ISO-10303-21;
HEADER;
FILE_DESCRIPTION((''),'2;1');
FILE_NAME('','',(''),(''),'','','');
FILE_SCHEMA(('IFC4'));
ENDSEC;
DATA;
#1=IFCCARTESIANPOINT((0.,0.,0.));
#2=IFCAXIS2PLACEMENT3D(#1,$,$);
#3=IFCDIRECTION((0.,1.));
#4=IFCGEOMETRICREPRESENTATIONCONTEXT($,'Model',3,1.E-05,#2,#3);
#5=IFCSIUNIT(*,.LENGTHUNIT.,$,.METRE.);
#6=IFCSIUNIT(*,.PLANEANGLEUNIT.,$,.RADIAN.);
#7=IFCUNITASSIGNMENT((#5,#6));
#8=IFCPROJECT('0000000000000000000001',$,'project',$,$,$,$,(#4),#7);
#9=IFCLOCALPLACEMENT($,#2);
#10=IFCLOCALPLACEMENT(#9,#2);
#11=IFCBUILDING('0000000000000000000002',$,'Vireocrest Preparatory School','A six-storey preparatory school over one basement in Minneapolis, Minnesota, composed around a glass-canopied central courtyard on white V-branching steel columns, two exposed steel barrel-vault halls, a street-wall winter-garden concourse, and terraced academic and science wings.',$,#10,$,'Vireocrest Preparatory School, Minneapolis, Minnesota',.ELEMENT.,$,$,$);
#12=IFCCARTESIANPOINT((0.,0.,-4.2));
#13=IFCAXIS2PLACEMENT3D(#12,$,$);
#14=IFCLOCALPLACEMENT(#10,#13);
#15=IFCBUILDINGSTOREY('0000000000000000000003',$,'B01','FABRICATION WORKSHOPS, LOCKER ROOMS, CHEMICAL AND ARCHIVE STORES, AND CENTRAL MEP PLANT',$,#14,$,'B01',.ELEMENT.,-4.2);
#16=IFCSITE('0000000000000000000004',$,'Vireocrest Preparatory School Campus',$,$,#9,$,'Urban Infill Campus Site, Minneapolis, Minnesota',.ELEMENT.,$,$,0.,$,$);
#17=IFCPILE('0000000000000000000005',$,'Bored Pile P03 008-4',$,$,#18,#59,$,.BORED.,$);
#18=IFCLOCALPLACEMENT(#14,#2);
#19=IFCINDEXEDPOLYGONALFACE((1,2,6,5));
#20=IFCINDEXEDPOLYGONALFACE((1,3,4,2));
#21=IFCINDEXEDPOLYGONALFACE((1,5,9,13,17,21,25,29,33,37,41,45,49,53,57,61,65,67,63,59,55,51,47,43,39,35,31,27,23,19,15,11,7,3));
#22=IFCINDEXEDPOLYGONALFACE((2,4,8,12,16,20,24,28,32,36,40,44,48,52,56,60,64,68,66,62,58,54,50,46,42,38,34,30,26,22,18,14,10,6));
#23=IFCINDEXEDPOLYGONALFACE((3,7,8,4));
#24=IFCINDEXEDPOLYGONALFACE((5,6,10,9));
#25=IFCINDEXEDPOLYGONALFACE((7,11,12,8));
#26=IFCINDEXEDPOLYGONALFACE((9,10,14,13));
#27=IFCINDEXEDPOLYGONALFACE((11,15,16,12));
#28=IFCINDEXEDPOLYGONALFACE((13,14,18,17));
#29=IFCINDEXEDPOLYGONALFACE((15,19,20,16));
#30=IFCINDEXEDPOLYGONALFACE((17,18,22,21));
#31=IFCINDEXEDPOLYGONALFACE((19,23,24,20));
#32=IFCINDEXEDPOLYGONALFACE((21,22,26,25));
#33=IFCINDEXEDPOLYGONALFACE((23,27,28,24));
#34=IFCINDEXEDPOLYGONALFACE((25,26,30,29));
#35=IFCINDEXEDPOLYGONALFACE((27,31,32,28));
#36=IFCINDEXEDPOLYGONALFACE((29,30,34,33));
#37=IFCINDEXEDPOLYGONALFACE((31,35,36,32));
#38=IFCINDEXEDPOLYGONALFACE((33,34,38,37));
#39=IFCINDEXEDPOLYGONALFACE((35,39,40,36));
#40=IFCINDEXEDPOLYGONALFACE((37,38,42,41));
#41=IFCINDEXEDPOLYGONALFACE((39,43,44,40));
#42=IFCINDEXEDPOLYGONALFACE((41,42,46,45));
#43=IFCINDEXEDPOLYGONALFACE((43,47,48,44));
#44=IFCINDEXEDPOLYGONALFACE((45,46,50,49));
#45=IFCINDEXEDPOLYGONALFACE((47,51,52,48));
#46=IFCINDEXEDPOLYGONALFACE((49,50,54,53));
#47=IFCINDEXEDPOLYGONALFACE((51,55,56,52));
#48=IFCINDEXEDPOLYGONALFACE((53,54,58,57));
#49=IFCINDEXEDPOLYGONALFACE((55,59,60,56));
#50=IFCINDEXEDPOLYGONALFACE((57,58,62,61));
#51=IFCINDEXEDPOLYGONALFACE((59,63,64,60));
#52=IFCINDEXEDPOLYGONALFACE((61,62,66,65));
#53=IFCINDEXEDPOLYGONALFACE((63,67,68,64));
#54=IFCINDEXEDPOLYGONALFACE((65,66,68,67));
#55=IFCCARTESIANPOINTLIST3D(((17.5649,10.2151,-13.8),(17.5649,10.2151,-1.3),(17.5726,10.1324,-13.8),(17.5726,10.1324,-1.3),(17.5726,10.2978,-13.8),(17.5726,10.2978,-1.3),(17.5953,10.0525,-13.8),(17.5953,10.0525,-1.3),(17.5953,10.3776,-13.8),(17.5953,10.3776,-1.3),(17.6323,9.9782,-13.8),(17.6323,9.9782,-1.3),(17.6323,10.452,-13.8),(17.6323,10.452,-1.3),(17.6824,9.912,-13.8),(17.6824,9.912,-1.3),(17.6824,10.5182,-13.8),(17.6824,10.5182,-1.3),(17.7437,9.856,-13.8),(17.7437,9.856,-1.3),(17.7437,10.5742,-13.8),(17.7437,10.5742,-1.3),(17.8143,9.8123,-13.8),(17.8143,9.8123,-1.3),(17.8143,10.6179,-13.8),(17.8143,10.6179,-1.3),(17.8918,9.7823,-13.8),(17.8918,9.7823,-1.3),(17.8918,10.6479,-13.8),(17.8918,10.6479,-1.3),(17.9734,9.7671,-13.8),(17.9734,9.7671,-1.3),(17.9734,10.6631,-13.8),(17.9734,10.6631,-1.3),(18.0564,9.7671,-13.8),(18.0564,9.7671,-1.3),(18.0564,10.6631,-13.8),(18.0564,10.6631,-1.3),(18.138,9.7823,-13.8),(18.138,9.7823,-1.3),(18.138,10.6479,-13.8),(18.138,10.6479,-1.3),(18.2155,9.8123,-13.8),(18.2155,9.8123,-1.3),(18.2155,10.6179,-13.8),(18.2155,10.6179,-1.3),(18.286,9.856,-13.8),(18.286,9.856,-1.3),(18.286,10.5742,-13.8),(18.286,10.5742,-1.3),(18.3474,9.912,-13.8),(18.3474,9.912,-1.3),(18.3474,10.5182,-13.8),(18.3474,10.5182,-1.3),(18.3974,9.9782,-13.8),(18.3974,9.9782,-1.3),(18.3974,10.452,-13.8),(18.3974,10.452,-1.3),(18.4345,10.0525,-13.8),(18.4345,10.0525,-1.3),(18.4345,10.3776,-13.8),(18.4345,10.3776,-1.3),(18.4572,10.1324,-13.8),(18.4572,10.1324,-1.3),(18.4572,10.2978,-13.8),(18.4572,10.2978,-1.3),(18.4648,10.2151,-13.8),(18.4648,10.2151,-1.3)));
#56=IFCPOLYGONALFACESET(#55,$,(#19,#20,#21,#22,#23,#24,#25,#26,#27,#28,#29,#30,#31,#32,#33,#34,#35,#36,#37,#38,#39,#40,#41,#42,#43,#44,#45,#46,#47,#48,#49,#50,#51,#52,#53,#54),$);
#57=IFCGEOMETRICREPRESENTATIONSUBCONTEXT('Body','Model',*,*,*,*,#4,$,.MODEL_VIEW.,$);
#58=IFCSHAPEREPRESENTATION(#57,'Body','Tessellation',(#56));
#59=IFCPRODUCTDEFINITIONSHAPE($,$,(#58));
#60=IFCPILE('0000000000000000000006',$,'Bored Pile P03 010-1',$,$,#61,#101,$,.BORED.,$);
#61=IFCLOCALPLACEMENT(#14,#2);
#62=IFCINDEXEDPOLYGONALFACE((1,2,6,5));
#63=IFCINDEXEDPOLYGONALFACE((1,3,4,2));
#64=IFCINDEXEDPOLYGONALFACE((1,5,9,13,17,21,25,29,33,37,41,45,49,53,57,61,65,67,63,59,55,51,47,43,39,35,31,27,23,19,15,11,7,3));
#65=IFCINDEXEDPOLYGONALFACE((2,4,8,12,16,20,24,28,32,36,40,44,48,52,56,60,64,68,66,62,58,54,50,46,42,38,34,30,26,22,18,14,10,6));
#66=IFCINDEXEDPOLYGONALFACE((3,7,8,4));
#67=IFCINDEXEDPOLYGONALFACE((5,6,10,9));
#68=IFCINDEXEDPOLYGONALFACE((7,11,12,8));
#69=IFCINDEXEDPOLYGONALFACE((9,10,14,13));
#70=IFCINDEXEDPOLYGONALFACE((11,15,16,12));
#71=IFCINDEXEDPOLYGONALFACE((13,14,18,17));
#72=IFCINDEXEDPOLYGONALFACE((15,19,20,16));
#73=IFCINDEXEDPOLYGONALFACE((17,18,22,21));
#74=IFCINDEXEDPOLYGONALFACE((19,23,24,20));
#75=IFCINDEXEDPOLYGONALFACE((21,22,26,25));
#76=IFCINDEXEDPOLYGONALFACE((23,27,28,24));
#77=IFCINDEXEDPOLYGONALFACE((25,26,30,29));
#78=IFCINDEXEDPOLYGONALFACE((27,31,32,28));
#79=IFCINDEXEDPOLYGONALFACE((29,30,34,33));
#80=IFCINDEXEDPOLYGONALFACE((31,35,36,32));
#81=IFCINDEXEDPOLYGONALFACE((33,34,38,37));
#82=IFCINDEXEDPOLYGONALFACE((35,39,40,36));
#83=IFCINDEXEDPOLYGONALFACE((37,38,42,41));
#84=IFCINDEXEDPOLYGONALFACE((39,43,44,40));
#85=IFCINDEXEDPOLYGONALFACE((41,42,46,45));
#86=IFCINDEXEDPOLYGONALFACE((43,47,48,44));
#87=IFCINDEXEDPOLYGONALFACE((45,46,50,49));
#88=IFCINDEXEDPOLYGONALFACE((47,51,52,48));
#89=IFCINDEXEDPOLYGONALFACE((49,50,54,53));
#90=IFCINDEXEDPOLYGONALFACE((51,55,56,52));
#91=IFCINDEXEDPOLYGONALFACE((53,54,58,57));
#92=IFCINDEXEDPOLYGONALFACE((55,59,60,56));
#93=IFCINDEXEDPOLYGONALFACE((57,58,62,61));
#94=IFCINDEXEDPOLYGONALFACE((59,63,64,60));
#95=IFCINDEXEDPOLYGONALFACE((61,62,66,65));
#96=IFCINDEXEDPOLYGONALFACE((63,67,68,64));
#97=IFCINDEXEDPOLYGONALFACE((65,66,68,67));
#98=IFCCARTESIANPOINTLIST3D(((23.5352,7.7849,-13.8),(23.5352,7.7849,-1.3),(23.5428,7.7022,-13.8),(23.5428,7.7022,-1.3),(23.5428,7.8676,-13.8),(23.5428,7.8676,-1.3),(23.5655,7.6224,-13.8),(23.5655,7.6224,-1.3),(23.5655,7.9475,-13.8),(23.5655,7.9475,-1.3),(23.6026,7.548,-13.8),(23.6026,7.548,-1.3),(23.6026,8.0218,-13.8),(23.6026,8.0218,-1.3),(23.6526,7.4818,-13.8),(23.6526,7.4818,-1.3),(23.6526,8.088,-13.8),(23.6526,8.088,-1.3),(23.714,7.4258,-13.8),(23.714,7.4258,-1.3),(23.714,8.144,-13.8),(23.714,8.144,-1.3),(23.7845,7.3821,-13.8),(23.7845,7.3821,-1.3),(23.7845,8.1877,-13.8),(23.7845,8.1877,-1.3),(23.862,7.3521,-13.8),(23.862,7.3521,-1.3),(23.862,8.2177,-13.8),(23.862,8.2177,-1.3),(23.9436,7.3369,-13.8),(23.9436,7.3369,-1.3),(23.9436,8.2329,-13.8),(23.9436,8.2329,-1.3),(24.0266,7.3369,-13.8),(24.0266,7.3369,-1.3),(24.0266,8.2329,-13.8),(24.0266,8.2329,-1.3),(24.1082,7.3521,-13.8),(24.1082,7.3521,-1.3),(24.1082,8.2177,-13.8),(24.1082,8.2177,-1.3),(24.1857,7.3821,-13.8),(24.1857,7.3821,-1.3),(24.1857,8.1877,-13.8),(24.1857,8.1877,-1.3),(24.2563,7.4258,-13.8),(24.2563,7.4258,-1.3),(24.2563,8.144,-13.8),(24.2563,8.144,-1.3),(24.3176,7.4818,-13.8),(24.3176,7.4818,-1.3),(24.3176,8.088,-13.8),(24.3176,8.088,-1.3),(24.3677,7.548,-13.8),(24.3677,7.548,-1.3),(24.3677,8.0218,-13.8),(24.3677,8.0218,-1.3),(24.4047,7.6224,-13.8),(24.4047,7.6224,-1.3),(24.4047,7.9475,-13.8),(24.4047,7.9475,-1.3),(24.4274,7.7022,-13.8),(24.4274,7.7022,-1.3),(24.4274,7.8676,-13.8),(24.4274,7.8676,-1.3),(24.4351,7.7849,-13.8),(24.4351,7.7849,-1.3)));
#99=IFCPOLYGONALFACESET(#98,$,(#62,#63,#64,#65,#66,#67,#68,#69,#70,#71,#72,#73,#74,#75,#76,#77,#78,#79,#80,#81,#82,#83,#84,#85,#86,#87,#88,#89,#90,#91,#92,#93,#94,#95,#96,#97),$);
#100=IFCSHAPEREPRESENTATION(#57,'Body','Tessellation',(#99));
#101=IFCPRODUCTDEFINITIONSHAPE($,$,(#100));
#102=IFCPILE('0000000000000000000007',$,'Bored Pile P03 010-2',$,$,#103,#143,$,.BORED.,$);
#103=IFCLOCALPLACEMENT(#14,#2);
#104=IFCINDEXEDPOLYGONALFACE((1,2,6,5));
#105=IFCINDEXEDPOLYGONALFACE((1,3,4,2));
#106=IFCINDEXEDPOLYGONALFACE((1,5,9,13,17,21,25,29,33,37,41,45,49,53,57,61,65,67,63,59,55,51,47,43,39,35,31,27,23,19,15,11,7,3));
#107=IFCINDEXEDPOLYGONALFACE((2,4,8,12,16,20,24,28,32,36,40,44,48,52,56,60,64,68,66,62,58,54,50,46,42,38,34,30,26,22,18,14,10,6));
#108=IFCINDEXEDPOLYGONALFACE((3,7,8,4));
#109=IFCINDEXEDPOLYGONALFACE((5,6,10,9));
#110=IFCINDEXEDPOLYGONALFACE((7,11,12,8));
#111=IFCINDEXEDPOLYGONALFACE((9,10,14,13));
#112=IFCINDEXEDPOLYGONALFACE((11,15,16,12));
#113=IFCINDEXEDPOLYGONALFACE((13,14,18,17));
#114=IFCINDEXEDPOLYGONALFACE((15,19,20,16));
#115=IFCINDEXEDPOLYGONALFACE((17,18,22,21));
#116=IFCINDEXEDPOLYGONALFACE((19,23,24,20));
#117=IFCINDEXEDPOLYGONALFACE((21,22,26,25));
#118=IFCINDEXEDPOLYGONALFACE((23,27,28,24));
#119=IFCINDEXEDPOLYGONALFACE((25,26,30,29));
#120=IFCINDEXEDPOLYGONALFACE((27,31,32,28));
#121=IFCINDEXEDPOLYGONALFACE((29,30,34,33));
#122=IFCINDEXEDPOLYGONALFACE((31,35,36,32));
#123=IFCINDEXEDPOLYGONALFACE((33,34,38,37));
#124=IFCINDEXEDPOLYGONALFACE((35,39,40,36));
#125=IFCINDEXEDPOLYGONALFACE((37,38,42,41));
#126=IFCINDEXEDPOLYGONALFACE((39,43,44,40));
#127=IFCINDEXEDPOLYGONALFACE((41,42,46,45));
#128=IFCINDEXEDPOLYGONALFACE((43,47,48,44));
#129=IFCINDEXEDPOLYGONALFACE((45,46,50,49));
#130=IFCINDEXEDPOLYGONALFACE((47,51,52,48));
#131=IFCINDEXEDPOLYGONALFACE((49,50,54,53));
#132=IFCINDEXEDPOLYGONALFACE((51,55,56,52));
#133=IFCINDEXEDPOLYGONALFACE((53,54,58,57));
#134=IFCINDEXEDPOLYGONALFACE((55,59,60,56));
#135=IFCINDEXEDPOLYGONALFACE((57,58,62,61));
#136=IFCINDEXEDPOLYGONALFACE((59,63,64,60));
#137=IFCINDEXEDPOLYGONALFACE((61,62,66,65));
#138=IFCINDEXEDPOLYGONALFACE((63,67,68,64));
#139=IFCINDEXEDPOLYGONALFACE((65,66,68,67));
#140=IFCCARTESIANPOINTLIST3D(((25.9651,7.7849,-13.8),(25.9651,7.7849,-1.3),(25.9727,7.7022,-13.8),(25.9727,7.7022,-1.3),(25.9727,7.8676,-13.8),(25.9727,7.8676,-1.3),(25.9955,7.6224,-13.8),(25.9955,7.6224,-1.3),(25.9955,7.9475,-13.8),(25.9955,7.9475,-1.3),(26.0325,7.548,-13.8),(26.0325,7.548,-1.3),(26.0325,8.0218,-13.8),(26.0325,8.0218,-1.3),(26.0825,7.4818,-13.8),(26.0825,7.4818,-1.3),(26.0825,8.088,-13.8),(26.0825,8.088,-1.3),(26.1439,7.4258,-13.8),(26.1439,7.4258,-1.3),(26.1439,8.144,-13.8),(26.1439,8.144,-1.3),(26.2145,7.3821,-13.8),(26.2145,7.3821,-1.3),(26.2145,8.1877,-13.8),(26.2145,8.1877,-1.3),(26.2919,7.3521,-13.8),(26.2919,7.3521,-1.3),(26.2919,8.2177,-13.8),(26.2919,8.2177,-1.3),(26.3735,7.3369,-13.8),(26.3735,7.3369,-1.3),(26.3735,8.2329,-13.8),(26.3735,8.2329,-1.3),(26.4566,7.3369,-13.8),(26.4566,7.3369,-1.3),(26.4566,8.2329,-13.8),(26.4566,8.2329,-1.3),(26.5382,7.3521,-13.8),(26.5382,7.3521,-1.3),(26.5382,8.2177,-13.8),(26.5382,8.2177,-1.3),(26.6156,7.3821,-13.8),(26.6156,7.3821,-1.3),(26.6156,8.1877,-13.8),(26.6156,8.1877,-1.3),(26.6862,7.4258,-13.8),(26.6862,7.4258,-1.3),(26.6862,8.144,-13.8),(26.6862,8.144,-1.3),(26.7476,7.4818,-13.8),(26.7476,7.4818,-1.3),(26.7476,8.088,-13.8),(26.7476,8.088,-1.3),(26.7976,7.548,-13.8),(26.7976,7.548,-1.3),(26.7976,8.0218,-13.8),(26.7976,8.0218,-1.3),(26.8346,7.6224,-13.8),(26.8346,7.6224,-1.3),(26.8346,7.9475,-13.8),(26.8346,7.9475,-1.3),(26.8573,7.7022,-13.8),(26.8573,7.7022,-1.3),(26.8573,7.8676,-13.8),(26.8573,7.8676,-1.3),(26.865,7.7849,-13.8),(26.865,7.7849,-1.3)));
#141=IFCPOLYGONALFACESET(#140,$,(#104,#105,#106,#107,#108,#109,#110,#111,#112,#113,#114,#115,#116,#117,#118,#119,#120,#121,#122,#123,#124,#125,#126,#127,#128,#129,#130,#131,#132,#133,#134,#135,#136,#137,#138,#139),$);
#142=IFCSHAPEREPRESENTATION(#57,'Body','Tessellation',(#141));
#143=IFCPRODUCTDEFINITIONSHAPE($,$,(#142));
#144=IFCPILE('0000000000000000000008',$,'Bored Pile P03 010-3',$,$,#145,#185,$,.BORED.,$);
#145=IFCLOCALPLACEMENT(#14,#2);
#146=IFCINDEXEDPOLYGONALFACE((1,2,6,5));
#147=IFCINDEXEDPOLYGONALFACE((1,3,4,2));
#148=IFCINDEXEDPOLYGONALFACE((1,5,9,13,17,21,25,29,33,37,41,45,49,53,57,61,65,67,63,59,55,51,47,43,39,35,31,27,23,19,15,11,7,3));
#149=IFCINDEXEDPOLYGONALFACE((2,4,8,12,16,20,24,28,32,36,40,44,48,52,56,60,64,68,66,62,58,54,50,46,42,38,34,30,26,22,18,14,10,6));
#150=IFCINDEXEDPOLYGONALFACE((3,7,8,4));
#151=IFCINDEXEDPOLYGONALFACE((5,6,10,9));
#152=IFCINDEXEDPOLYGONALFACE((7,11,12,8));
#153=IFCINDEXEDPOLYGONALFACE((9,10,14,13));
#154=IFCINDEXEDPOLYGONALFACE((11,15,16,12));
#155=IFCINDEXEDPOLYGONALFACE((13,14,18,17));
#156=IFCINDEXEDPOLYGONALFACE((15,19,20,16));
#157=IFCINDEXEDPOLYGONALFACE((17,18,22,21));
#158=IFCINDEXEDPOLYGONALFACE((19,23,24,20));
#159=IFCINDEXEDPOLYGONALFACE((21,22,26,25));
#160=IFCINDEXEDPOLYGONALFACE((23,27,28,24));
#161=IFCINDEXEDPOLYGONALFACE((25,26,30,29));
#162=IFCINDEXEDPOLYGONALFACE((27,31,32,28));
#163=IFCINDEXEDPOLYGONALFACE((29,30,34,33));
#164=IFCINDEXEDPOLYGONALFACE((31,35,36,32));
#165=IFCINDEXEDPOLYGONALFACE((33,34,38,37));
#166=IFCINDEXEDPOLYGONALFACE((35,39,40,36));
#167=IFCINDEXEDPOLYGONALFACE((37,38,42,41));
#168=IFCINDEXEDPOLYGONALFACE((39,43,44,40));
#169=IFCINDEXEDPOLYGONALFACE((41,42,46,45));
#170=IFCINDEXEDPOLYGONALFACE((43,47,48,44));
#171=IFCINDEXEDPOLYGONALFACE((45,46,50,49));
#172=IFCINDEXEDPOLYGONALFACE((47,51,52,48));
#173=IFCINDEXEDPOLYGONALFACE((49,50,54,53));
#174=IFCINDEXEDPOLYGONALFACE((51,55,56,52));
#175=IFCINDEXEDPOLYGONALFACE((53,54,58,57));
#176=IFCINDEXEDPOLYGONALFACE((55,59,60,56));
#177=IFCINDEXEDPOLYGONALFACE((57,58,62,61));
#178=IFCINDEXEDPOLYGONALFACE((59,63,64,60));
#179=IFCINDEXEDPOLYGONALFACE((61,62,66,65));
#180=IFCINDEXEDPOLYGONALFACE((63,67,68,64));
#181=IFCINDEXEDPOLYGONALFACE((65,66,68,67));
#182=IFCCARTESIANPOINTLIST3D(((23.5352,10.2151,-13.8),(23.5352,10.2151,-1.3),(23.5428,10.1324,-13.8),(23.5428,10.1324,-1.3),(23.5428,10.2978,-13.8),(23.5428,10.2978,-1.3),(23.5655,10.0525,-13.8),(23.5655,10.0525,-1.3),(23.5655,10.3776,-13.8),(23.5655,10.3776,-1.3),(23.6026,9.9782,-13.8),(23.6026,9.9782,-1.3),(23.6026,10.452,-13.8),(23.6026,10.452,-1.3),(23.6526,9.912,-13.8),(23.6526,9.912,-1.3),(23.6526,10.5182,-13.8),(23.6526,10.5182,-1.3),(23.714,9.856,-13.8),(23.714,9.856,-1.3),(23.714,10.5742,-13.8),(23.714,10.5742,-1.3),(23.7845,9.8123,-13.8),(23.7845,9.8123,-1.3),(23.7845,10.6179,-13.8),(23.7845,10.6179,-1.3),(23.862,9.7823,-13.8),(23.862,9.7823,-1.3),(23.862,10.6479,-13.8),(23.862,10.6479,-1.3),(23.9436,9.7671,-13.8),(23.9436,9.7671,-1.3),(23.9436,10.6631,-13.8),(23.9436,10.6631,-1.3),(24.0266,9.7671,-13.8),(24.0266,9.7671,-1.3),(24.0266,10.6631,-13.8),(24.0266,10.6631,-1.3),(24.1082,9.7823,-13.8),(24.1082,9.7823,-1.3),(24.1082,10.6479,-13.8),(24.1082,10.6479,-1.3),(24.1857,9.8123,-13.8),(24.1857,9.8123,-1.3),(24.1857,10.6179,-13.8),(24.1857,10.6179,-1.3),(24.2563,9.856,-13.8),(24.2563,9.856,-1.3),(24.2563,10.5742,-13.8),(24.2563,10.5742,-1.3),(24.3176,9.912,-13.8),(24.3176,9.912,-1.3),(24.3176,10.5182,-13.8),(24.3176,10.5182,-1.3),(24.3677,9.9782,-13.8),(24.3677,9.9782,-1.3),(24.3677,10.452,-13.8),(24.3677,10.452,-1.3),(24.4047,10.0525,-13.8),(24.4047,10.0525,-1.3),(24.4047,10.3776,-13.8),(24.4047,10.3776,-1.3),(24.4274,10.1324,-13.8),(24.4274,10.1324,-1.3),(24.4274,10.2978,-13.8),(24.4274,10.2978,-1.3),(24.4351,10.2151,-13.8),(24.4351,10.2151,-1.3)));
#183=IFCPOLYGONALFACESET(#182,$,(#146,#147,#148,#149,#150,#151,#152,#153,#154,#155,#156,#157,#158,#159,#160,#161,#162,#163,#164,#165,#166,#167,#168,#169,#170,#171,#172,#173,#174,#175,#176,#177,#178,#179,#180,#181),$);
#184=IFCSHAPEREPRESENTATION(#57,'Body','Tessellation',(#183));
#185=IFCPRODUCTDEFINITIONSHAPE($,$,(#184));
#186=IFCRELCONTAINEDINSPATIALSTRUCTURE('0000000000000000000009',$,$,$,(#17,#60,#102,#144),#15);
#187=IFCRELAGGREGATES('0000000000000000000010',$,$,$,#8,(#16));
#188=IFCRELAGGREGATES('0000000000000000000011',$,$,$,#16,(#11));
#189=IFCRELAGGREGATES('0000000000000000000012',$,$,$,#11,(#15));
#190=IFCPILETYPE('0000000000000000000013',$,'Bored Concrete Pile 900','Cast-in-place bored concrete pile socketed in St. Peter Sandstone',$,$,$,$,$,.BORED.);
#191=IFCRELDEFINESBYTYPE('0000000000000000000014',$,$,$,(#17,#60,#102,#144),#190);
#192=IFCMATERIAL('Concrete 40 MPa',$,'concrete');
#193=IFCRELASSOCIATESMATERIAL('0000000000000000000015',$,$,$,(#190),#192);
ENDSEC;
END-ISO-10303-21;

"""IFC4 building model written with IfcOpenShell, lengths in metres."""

from ifc_helpers import new_model, si_unit, direction, frame, origin, origin_2d, place, context, subcontext, project, spatial, circle, extrude, material, material_profile, profile_set, type_object, element, save


model = new_model("IFC4")

# Units and contexts
model_context = context("Model", 3, precision=1e-05, world=origin(), true_north=direction((0.0, 1.0)))
body_context = subcontext(model_context, "Body", "Model", "MODEL_VIEW")
ifc_project = project(units=[si_unit("LENGTHUNIT", "METRE"), si_unit("PLANEANGLEUNIT", "RADIAN")], contexts=[model_context])

# Site, building, storey
site_placement = place(None, origin())
site = spatial("IfcSite", under=ifc_project, at=site_placement, Name="Vireocrest Preparatory School Campus", LongName="Urban Infill Campus Site, Minneapolis, Minnesota", CompositionType="ELEMENT", RefElevation=0.0)
building_placement = place(site_placement, origin())
building = spatial("IfcBuilding", under=site, at=building_placement, Name="Vireocrest Preparatory School", Description="A six-storey preparatory school over one basement in Minneapolis, Minnesota, composed around a glass-canopied central courtyard on white V-branching steel columns, two exposed steel barrel-vault halls, a street-wall winter-garden concourse, and terraced academic and science wings.", LongName="Vireocrest Preparatory School, Minneapolis, Minnesota", CompositionType="ELEMENT")
storey_placement = place(building_placement, frame((0.0, 0.0, -4.2)))
storey = spatial("IfcBuildingStorey", under=building, at=storey_placement, Name="B01", Description="FABRICATION WORKSHOPS, LOCKER ROOMS, CHEMICAL AND ARCHIVE STORES, AND CENTRAL MEP PLANT", LongName="B01", CompositionType="ELEMENT", Elevation=-4.2)

# Piles
ifc_material_1 = material(Name="Concrete 40 MPa", Category="concrete")
ifc_material_profile_1 = material_profile(ifc_material_1, circle(Radius=0.45, at=origin_2d()), Name="BORED PILE 900")
ifc_profile_set_1 = profile_set([ifc_material_profile_1], Name="Concrete 40 MPa")
pile_type = type_object("IfcPileType", Name="Bored Concrete Pile 900", Description="Cast-in-place bored concrete pile socketed in St. Peter Sandstone", PredefinedType="BORED", material=ifc_profile_set_1)
for number, where, z_axis, x_axis, name in (
    (1, (18.0149, 10.2151, -1.3), (0.0, 0.0, -1.0), (1.0, 0.0, 0.0), "Bored Pile P03 008-4"),
    (2, (23.9851, 7.7849, -1.3), (0.0, 0.0, -1.0), (1.0, 0.0, 0.0), "Bored Pile P03 010-1"),
    (3, (26.415, 7.7849, -1.3), (0.0, 0.0, -1.0), (1.0, 0.0, 0.0), "Bored Pile P03 010-2"),
    (4, (23.9851, 10.2151, -1.3), (0.0, 0.0, -1.0), (1.0, 0.0, 0.0), "Bored Pile P03 010-3"),
):
    element("IfcPile", number, at=place(storey_placement, frame(where, z_axis=z_axis, x_axis=x_axis)), inside=storey, type_object=pile_type, Name=name, PredefinedType="BORED", context=body_context, shape_type="SweptSolid", body=[
        extrude(circle(Radius=0.45, at=origin_2d()), origin(), (0.0, 0.0, 1.0), 12.5),
    ])

save(model, "model.ifc")
